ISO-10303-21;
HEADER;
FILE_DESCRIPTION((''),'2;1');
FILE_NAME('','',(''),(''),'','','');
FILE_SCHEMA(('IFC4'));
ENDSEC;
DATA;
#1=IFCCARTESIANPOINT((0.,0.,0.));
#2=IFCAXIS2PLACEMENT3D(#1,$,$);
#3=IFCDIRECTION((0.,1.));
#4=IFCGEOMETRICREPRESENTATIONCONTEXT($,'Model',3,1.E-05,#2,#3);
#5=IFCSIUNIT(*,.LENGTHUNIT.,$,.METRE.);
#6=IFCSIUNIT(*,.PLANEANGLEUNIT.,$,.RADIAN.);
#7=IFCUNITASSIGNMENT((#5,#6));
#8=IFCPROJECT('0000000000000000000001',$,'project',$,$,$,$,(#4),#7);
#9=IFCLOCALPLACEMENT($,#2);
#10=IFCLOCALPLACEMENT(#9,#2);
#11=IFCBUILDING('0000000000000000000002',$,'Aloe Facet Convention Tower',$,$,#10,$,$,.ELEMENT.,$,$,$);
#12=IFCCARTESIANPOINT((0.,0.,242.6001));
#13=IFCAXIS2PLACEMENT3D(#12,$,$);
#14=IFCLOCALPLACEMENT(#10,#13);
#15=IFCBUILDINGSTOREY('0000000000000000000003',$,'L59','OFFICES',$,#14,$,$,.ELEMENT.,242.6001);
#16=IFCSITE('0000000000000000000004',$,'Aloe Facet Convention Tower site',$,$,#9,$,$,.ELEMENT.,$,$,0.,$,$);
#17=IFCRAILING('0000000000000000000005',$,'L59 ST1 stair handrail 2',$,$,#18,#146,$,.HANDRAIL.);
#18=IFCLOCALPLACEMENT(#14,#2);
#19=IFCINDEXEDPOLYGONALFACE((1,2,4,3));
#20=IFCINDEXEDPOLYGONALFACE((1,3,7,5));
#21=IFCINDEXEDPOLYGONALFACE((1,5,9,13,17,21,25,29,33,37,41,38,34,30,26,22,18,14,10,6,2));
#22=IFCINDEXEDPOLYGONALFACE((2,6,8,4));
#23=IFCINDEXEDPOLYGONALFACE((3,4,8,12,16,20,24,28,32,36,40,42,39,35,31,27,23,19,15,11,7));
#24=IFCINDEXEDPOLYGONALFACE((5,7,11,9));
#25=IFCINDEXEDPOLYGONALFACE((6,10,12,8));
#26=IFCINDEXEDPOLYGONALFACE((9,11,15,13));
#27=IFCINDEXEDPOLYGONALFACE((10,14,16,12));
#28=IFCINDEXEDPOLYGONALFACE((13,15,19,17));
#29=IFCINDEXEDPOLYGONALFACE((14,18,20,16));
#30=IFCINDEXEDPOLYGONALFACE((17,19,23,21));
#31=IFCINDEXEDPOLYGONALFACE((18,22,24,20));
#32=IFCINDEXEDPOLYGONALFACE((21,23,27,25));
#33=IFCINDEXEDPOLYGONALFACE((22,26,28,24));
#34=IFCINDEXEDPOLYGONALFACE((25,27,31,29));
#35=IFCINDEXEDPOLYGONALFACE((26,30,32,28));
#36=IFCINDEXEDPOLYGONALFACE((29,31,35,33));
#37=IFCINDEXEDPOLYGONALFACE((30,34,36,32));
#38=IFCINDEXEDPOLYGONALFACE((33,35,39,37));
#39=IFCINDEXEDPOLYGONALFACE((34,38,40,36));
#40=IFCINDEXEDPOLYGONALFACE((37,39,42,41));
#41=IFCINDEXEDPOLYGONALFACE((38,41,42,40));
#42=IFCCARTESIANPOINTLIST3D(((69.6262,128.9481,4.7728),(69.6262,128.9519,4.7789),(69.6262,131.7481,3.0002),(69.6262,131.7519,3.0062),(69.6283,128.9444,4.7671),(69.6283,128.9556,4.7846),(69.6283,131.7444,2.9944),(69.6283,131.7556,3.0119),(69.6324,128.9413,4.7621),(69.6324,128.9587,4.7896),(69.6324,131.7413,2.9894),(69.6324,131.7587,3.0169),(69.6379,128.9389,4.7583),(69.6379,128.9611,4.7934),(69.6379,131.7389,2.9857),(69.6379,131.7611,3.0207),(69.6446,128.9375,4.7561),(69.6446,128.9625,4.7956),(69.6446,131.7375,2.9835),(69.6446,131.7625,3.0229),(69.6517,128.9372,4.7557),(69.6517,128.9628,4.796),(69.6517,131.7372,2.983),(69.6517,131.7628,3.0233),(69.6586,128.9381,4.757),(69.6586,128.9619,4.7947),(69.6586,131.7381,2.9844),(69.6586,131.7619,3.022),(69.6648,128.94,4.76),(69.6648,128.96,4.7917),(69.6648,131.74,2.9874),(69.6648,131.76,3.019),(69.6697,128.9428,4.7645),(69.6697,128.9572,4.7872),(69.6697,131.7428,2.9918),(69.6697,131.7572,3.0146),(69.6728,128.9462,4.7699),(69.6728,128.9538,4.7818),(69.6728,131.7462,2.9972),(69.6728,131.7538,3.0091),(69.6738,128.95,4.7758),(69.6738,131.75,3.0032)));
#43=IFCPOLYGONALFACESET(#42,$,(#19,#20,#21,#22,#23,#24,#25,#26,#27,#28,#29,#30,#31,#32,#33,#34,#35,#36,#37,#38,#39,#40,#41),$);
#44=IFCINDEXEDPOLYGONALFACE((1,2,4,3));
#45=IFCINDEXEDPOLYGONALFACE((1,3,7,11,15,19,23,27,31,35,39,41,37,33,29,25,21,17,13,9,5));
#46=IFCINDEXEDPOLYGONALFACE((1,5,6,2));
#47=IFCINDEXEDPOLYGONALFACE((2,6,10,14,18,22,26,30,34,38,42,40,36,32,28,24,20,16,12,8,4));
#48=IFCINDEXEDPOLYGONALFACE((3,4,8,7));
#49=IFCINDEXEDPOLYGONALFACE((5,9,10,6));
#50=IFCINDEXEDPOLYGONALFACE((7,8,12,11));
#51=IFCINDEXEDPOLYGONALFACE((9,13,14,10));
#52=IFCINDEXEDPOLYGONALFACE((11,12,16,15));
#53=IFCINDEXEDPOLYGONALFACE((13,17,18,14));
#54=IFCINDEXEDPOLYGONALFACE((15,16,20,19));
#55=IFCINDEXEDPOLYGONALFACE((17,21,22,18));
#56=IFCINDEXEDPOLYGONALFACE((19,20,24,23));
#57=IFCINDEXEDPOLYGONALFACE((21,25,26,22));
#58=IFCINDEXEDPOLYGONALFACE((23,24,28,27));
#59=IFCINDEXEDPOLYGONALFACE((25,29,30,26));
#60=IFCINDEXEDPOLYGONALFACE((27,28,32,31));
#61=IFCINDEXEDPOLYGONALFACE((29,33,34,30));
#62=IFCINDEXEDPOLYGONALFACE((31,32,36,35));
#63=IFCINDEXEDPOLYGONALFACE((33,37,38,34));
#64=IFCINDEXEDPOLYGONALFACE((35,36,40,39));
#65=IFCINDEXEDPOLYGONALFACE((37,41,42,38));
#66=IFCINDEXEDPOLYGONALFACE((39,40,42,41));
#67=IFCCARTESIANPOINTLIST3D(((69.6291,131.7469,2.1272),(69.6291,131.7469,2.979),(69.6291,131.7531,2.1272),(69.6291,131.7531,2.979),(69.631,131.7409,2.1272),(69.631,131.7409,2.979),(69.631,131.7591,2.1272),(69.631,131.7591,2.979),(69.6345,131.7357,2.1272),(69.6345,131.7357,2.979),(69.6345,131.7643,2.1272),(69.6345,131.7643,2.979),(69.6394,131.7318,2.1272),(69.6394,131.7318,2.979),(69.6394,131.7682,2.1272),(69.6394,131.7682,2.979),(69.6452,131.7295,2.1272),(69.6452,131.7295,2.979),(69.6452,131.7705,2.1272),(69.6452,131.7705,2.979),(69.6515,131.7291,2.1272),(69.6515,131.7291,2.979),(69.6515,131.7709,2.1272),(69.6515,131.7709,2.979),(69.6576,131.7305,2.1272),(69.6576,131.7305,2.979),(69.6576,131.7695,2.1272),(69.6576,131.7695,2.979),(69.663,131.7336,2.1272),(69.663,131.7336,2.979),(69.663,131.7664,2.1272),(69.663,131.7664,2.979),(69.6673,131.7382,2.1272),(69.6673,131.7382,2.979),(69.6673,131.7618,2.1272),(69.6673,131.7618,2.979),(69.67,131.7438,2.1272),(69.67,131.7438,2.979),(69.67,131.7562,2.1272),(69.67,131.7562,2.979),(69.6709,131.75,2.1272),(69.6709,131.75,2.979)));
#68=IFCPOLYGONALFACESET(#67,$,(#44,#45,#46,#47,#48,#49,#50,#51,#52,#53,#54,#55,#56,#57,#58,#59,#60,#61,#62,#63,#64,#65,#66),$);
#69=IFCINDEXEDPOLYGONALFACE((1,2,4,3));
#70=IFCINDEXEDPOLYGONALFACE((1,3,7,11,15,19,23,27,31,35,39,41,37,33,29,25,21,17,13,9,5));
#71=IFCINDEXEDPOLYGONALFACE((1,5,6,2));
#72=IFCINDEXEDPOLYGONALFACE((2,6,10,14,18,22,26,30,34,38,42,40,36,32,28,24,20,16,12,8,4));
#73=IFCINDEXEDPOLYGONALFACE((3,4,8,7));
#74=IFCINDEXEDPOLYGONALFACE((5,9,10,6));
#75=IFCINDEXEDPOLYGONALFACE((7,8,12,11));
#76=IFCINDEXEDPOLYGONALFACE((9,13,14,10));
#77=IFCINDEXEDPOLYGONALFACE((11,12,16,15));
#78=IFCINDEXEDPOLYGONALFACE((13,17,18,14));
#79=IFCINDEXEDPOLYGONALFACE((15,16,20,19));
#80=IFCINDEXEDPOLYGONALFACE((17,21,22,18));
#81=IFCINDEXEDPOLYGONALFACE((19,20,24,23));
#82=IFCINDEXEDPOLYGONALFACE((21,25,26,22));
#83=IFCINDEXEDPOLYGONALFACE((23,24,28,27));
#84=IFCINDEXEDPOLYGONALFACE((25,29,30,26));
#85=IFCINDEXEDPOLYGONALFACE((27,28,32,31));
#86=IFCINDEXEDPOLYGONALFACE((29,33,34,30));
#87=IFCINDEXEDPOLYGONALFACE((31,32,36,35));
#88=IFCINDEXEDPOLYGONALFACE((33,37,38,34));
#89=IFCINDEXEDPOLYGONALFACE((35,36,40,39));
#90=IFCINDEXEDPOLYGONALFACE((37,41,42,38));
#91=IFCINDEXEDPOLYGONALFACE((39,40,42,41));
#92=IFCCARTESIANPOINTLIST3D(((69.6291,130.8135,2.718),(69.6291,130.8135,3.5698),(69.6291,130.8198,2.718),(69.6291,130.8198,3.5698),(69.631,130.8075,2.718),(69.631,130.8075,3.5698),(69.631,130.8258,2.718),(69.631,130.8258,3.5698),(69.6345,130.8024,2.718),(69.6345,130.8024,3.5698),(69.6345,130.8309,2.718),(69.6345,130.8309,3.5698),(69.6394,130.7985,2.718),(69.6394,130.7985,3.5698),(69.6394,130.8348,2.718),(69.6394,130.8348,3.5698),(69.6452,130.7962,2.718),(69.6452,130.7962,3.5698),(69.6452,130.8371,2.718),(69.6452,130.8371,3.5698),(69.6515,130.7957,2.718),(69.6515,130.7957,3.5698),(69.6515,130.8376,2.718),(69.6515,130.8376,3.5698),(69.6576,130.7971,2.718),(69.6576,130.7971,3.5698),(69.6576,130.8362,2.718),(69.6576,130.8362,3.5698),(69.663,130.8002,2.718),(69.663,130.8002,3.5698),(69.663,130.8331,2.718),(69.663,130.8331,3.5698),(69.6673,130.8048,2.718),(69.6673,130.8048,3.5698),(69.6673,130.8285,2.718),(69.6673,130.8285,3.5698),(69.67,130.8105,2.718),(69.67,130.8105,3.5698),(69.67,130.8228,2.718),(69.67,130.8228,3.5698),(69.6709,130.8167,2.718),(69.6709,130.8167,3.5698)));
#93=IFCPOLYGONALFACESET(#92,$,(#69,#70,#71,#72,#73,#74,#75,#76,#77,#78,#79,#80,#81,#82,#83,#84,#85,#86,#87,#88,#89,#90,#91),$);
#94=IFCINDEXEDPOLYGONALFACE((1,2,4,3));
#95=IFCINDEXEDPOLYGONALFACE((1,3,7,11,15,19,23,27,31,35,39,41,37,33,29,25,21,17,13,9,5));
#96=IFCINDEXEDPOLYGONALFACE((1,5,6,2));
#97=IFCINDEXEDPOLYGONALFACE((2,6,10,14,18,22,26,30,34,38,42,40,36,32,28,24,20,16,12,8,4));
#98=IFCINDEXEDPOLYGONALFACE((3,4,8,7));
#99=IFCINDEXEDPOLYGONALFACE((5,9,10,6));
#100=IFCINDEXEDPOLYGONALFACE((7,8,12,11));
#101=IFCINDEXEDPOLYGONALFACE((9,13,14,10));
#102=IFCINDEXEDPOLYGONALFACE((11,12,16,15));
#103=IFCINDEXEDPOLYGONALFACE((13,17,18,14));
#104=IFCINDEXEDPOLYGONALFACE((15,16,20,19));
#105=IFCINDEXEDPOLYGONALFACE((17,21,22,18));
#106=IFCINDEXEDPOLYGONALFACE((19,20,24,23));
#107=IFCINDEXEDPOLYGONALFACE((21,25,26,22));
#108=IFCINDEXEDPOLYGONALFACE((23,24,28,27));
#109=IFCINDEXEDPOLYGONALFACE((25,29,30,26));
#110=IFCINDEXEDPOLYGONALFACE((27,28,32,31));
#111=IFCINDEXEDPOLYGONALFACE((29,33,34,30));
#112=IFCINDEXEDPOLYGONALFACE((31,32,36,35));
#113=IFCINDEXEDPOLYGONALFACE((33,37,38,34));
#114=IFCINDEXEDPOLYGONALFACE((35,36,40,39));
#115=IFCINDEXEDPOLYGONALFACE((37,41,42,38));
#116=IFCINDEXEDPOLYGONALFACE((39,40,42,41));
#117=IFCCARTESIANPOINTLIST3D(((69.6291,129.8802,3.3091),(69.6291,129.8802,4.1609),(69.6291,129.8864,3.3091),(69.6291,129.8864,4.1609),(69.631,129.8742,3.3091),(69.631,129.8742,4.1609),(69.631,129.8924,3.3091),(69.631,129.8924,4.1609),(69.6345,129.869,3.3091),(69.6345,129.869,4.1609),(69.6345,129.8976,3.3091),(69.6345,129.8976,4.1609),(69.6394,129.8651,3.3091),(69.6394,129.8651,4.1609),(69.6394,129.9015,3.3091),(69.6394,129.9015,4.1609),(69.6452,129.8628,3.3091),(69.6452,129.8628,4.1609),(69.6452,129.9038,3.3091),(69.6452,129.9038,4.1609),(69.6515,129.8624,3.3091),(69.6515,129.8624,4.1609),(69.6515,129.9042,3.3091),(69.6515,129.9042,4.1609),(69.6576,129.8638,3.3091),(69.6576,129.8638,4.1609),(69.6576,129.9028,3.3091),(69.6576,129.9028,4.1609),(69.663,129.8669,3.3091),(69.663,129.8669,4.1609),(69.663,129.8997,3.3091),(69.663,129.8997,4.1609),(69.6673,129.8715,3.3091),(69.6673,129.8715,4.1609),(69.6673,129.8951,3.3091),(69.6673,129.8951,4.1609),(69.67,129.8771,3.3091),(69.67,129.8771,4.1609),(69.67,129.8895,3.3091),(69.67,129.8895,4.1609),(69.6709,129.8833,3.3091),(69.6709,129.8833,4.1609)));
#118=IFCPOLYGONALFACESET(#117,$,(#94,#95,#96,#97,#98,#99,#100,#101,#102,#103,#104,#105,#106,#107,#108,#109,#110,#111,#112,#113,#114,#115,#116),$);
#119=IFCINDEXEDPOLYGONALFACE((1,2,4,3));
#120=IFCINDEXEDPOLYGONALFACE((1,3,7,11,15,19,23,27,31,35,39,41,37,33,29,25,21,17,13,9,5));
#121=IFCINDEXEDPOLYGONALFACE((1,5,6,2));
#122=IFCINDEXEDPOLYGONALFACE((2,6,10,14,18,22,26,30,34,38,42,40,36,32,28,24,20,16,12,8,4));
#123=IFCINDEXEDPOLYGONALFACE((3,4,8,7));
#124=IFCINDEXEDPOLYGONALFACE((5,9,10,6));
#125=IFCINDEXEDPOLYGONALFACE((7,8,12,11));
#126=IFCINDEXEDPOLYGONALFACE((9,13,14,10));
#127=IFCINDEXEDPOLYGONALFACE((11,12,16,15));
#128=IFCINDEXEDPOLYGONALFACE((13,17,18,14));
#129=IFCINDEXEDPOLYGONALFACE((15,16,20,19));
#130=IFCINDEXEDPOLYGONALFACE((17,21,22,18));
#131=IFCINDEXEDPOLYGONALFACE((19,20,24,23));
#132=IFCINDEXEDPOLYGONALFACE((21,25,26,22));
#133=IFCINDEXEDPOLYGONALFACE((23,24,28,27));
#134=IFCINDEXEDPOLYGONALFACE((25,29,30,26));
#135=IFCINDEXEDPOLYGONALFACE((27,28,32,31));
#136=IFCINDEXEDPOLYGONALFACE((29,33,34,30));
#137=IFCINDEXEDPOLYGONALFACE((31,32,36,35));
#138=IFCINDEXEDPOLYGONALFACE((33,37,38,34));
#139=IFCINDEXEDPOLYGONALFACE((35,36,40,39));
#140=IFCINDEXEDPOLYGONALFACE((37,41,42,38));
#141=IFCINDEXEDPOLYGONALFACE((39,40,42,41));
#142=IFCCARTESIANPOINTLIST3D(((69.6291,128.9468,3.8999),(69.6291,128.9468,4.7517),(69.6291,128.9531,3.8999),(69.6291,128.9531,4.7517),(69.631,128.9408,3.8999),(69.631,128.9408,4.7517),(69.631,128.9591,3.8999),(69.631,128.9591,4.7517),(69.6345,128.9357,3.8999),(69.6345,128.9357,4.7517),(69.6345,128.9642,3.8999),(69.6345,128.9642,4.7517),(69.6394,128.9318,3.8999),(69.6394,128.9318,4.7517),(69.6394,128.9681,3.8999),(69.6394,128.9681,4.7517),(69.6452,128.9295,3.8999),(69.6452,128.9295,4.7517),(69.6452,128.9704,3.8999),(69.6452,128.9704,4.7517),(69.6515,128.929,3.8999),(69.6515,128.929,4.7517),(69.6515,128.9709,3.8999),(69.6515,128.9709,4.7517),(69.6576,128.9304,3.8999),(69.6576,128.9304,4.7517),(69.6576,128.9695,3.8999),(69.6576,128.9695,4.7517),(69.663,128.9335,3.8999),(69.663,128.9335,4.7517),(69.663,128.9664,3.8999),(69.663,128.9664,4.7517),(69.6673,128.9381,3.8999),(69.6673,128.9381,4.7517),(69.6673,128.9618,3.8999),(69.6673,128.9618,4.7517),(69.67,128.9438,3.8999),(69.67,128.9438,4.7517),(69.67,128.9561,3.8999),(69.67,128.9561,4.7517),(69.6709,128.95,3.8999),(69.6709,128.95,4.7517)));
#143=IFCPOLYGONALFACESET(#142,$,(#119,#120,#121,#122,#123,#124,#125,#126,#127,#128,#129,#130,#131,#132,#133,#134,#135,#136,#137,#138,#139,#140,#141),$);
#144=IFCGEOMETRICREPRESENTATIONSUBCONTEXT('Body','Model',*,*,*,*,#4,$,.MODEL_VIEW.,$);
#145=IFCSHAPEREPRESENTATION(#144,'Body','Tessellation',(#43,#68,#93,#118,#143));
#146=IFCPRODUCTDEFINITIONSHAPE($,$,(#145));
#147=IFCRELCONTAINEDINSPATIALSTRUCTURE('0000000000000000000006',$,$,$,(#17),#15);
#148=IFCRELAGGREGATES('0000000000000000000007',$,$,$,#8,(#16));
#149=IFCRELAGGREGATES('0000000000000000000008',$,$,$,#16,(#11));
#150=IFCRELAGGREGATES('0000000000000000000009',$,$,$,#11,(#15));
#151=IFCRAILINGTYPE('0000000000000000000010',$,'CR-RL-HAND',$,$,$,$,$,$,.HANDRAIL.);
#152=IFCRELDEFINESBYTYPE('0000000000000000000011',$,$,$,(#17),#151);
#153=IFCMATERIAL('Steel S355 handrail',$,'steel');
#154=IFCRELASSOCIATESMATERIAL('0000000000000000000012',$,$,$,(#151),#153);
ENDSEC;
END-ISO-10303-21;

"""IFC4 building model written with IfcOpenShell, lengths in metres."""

from ifc_helpers import new_model, si_unit, direction, frame, origin, origin_2d, place, context, subcontext, project, spatial, circle, extrude, material, type_object, element, save


model = new_model("IFC4")

# Units and contexts
model_context = context("Model", 3, precision=1e-05, world=origin(), true_north=direction((0.0, 1.0)))
body_context = subcontext(model_context, "Body", "Model", "MODEL_VIEW")
ifc_project = project(units=[si_unit("LENGTHUNIT", "METRE"), si_unit("PLANEANGLEUNIT", "RADIAN")], contexts=[model_context])

# Site, building, storey
site_placement = place(None, origin())
site = spatial("IfcSite", under=ifc_project, at=site_placement, Name="Aloe Facet Convention Tower site", CompositionType="ELEMENT", RefElevation=0.0)
building_placement = place(site_placement, origin())
building = spatial("IfcBuilding", under=site, at=building_placement, Name="Aloe Facet Convention Tower", CompositionType="ELEMENT")
storey_placement = place(building_placement, frame((0.0, 0.0, 242.6001)))
storey = spatial("IfcBuildingStorey", under=building, at=storey_placement, Name="L59", Description="OFFICES", CompositionType="ELEMENT", Elevation=242.6001)

# Railing
ifc_material_1 = material(Name="Steel S355 handrail", Category="steel")
railing_type_1 = type_object("IfcRailingType", Name="CR-RL-HAND", PredefinedType="HANDRAIL", material=ifc_material_1)
railing_1_placement = place(storey_placement, frame((69.6499, 131.75, 2.1272)))
element("IfcRailing", 1, at=railing_1_placement, inside=storey, type_object=railing_type_1, Name="L59 ST1 stair handrail 2", PredefinedType="HANDRAIL", context=body_context, shape_type="SweptSolid", body=[
    extrude(circle(Radius=0.0239, at=origin_2d()), frame((0.0, 0.0, 0.876), z_axis=(0.0, -0.844909, 0.53491), x_axis=(1.0, 0.0, 0.0)), (0.0, 0.0, 1.0), 3.314),
    extrude(circle(Radius=0.021, at=origin_2d()), origin(), (0.0, 0.0, 1.0), 0.8518),
    extrude(circle(Radius=0.021, at=origin_2d()), frame((0.0, -0.9333, 0.5908)), (0.0, 0.0, 1.0), 0.8518),
    extrude(circle(Radius=0.021, at=origin_2d()), frame((0.0, -1.8667, 1.1819)), (0.0, 0.0, 1.0), 0.8518),
    extrude(circle(Radius=0.021, at=origin_2d()), frame((0.0, -2.8, 1.7727)), (0.0, 0.0, 1.0), 0.8518),
])

save(model, "model.ifc")
